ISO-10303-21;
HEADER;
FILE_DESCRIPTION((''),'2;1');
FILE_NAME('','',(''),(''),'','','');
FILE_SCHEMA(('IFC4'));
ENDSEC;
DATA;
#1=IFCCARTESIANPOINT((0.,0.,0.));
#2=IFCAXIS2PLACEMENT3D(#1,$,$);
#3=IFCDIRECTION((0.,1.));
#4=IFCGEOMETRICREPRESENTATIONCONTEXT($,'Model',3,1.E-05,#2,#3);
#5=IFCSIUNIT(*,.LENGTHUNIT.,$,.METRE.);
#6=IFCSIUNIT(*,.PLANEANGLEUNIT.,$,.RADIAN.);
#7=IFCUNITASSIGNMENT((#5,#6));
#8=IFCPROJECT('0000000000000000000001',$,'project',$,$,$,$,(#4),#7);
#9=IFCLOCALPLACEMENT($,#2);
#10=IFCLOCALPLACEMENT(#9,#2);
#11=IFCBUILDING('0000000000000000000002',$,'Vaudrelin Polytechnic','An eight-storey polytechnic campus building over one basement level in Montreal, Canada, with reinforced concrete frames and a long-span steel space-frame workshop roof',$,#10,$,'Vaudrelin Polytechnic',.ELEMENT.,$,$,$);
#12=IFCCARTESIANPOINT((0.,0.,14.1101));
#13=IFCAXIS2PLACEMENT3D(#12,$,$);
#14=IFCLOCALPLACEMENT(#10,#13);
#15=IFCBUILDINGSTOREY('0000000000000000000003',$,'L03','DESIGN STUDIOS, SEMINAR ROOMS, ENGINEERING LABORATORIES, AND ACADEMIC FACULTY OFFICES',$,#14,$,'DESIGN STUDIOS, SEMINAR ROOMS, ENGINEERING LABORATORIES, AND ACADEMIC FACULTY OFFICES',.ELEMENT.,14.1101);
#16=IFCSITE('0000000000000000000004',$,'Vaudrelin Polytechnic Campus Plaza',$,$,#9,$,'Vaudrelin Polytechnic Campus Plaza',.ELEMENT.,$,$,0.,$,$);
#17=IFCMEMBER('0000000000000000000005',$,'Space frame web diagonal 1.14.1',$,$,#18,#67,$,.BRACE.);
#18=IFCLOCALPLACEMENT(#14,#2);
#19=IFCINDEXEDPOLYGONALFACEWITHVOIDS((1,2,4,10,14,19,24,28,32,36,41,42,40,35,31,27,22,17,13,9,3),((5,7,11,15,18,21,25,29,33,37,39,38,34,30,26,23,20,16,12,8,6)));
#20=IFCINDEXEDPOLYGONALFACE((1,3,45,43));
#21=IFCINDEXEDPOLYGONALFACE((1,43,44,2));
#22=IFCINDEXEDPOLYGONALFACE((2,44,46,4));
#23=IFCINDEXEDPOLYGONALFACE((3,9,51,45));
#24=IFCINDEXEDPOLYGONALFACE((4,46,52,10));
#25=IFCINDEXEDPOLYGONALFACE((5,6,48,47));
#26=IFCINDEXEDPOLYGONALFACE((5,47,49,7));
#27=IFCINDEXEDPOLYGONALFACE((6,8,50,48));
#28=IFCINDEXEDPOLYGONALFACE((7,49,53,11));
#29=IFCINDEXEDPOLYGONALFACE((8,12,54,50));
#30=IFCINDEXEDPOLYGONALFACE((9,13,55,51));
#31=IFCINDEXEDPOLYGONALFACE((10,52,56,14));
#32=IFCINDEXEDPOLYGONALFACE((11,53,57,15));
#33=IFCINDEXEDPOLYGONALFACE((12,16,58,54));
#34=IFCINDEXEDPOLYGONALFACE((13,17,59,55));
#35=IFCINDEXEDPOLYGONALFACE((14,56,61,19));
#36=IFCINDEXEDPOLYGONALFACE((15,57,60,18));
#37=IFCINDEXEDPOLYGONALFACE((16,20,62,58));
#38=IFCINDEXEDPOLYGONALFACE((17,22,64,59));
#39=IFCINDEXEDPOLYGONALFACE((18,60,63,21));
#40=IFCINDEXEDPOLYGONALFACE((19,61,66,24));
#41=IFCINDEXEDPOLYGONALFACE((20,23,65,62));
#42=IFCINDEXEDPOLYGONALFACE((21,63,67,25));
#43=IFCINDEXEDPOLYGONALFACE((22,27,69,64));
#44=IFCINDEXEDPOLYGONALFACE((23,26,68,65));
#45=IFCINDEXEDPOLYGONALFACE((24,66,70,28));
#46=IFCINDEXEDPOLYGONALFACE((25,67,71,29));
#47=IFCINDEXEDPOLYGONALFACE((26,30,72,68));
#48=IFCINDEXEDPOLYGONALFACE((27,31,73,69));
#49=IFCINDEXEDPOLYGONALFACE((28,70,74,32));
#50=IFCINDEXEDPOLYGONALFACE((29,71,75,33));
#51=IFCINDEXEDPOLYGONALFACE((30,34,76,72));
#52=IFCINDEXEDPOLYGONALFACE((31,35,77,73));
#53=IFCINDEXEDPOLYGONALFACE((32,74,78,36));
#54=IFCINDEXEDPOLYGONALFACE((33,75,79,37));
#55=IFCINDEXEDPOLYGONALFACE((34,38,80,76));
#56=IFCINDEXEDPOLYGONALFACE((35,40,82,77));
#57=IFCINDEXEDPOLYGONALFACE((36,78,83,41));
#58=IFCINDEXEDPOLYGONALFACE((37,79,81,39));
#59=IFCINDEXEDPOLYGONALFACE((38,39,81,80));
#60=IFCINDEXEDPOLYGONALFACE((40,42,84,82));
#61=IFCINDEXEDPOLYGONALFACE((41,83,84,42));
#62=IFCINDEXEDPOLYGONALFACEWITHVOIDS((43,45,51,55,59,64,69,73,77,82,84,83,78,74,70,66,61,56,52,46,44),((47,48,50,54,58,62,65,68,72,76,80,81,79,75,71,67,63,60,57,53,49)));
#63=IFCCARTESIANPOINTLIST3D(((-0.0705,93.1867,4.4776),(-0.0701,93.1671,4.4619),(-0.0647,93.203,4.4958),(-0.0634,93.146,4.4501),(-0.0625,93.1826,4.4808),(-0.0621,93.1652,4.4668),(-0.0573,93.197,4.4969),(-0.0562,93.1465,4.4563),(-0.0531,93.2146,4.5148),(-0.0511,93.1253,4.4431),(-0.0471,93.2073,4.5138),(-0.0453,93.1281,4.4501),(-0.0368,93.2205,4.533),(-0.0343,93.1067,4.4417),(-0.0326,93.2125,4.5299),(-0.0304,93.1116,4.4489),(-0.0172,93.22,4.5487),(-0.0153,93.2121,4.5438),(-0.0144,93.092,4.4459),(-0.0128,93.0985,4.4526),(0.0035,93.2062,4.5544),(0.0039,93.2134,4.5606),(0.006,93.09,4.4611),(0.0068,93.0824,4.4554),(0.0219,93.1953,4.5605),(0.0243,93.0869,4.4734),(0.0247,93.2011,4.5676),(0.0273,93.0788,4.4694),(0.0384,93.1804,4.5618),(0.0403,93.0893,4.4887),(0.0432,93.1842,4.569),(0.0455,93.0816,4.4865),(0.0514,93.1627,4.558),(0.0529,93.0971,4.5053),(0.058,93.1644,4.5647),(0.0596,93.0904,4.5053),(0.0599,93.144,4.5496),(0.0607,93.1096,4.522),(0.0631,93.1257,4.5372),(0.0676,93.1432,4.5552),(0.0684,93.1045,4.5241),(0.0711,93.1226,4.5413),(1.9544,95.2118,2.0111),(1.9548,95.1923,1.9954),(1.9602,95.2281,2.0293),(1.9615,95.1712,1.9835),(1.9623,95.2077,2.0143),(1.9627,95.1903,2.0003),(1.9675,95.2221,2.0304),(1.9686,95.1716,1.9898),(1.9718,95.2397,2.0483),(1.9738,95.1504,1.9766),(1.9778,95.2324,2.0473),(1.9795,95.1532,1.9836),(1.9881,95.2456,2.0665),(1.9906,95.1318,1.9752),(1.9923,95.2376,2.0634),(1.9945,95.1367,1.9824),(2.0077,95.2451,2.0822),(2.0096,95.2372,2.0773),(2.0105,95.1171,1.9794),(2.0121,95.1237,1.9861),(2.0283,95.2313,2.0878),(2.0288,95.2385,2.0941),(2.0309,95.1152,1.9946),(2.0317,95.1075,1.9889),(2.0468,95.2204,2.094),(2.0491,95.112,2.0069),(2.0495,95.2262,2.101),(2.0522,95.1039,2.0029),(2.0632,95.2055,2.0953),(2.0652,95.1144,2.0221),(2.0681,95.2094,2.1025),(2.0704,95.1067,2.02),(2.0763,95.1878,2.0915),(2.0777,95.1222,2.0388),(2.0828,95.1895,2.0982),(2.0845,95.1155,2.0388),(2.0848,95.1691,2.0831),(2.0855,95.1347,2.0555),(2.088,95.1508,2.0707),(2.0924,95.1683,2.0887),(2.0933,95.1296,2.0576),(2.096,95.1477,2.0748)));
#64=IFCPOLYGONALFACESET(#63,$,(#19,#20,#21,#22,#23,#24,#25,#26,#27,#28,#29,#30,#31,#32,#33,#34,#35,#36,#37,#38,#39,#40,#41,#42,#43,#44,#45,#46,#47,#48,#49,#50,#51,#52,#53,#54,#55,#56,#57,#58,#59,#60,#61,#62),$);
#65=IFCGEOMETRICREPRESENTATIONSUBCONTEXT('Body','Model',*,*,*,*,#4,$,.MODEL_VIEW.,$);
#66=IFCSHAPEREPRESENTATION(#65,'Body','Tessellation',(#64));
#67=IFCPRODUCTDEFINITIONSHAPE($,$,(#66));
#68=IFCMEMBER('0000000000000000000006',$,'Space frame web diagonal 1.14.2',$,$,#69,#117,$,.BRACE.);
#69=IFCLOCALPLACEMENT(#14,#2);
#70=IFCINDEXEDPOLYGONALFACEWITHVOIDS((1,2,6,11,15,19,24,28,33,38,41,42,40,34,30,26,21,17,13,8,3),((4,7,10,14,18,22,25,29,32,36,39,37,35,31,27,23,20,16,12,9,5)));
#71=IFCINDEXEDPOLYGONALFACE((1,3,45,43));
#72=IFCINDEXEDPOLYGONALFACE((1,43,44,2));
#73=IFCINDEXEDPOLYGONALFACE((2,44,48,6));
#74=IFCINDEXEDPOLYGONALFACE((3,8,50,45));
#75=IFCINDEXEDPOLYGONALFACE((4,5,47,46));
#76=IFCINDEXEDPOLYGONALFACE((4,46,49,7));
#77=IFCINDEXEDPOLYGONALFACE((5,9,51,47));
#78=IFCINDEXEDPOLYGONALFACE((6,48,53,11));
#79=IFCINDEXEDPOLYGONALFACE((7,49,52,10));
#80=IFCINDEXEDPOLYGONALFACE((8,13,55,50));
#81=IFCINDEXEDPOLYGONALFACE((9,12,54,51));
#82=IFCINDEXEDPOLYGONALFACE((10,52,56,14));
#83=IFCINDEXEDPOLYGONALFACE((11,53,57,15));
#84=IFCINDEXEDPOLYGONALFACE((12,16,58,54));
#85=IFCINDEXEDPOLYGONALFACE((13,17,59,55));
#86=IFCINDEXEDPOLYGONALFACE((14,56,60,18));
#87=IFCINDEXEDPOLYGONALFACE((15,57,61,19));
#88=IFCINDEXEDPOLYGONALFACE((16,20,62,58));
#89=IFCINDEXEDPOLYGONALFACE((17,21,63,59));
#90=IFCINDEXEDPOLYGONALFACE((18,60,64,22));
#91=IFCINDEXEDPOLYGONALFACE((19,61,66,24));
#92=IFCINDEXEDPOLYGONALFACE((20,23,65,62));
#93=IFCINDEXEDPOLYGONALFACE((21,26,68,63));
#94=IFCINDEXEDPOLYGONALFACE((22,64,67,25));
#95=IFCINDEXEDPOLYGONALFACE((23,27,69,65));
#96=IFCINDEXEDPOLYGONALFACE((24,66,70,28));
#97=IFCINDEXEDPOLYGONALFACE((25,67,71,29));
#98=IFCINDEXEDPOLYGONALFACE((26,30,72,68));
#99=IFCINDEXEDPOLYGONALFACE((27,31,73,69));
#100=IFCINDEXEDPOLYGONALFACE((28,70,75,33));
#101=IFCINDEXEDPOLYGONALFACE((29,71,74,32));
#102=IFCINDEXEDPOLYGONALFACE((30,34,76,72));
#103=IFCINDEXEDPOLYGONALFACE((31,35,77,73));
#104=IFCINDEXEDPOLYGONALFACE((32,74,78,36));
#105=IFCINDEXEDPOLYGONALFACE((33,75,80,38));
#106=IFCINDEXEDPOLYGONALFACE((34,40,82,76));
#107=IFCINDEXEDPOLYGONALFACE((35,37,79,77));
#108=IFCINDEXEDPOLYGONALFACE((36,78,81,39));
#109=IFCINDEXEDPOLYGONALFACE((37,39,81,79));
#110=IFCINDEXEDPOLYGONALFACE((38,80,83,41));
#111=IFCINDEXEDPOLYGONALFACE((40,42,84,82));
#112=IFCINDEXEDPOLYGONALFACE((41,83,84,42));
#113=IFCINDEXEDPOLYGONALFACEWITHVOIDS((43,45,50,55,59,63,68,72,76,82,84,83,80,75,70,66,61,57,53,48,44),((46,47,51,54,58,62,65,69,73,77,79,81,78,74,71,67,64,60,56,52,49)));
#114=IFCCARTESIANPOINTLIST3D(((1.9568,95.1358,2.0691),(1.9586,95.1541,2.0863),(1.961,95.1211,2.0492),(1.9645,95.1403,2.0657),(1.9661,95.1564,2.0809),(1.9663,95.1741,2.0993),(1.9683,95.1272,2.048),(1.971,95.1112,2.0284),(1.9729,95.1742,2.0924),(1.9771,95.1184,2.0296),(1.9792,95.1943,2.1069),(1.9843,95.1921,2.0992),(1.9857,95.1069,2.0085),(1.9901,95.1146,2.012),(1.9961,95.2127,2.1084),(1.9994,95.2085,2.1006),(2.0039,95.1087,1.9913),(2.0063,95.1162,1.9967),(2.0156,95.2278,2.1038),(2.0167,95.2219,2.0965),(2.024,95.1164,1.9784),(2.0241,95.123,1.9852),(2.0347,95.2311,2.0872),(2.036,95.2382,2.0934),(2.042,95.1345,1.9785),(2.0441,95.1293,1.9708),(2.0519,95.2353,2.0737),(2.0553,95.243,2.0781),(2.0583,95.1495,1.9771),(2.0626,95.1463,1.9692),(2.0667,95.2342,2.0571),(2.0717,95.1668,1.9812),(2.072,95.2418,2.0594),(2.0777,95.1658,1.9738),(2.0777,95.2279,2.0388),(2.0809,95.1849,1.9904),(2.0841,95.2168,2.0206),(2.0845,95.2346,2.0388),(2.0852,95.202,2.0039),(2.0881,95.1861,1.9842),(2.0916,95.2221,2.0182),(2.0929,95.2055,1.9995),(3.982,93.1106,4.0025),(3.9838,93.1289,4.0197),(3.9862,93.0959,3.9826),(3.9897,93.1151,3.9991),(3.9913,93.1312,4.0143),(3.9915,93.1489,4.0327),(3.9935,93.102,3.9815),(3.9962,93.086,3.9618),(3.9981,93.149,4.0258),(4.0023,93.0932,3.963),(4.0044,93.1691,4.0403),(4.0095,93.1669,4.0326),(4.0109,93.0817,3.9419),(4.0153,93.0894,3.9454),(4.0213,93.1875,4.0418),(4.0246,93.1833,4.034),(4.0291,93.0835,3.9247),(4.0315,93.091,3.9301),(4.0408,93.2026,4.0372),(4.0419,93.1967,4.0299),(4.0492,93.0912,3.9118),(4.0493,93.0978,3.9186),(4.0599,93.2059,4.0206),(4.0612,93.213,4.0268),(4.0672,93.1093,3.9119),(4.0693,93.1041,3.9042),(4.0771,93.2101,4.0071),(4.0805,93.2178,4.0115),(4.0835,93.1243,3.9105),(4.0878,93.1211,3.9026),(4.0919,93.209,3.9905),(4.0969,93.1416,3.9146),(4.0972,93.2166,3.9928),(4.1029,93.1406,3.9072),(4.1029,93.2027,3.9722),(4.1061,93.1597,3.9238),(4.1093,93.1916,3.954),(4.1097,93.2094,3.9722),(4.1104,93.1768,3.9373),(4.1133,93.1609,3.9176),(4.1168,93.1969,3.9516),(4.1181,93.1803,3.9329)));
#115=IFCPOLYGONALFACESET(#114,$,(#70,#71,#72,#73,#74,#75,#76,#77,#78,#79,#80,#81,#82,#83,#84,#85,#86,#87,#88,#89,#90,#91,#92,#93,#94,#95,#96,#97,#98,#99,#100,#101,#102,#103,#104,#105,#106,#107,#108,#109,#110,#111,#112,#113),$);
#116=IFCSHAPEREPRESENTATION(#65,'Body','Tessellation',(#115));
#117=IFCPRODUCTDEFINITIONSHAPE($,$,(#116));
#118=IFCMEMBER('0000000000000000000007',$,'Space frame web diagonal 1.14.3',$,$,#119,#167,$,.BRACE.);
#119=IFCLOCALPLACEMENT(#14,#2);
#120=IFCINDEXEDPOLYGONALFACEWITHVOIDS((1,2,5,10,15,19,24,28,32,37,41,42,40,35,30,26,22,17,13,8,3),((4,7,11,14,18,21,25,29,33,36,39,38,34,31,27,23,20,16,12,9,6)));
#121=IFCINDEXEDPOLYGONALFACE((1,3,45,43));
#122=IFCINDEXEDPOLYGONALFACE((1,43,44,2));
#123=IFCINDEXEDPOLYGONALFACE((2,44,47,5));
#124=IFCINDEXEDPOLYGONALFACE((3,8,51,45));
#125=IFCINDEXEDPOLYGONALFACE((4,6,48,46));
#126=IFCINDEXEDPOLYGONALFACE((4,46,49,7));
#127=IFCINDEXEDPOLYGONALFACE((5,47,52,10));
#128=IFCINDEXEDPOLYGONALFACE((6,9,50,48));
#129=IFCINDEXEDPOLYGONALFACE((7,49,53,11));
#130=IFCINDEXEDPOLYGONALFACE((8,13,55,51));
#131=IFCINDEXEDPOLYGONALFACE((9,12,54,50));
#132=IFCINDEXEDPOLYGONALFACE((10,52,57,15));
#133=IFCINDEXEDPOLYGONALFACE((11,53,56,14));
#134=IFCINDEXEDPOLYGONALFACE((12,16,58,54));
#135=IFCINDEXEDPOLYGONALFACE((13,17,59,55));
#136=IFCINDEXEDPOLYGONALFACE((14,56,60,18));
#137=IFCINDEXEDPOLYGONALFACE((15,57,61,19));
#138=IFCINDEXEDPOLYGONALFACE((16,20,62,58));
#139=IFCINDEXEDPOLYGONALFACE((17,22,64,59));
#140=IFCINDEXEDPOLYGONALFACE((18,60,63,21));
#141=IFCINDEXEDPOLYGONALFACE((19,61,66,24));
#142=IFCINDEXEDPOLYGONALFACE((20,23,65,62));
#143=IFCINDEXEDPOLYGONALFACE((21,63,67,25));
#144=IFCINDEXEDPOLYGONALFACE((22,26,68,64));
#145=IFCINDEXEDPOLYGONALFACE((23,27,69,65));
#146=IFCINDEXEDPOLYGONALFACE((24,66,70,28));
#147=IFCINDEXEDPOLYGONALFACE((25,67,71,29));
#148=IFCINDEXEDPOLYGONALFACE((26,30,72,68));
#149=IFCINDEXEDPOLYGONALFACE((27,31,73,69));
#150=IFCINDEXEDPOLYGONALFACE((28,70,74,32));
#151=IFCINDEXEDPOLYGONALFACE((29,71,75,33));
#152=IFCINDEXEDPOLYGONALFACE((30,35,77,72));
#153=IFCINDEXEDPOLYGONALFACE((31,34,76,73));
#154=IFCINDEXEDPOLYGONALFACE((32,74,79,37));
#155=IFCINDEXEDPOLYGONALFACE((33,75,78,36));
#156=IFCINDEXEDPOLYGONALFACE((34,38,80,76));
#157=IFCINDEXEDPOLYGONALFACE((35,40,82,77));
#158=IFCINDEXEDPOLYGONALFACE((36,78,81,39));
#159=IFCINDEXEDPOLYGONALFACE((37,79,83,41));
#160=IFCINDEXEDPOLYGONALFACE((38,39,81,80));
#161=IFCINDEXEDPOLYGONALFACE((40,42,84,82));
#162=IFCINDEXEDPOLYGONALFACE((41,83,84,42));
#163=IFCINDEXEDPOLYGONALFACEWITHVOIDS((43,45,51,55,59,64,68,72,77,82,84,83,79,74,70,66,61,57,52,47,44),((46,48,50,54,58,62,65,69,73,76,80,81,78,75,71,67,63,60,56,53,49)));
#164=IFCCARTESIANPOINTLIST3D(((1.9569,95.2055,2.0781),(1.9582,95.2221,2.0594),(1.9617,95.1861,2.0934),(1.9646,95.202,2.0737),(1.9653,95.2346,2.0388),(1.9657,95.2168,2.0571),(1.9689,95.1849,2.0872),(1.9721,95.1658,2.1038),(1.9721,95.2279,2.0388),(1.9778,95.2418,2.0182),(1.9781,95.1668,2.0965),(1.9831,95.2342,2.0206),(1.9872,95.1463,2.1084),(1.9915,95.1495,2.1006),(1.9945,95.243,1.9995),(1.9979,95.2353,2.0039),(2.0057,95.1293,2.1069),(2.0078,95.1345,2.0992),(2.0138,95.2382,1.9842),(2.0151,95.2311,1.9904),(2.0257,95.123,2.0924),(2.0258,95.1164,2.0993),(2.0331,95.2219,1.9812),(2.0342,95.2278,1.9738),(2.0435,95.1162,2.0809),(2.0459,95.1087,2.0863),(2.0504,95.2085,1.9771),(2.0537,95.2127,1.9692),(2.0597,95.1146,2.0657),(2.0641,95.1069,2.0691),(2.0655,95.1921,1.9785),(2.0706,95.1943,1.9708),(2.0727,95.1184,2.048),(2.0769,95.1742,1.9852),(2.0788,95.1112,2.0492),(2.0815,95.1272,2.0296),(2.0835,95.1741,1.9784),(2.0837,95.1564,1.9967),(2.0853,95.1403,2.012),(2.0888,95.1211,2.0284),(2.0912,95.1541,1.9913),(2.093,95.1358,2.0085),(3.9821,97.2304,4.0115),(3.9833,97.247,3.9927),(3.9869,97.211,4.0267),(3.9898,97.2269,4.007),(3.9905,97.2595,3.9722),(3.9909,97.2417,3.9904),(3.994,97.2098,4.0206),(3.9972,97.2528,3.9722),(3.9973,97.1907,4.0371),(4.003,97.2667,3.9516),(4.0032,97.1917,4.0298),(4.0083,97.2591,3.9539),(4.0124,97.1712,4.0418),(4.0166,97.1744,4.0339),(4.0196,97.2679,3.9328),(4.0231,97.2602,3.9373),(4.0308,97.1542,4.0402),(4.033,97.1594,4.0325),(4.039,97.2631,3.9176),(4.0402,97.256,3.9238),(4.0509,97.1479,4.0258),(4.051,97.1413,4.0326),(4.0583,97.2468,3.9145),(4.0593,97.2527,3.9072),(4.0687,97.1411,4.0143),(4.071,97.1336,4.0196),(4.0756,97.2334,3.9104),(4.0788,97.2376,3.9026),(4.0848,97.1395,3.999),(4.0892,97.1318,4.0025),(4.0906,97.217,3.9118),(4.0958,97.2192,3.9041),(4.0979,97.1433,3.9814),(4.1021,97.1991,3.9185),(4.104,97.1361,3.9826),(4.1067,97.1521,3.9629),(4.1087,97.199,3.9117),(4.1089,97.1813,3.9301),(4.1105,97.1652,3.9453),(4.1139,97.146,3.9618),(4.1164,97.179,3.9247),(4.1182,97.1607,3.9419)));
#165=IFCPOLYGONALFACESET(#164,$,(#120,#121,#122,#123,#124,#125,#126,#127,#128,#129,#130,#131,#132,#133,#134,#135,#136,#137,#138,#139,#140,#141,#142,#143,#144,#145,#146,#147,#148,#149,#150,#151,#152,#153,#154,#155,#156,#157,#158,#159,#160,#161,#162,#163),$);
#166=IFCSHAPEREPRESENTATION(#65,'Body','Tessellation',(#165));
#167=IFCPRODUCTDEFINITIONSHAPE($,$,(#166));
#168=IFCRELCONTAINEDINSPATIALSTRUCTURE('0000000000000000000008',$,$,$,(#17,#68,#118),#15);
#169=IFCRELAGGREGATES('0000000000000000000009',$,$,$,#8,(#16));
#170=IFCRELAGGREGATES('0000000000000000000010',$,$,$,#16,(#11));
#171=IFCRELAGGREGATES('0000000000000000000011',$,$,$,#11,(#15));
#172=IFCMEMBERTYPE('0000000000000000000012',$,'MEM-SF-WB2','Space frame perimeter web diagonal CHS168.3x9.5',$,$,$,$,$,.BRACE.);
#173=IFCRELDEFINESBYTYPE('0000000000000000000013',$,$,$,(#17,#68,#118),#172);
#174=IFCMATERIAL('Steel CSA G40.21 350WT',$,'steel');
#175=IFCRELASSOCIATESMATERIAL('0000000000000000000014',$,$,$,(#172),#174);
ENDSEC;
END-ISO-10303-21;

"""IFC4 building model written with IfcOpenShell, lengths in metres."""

from ifc_helpers import new_model, si_unit, direction, frame, origin, origin_2d, place, context, subcontext, project, spatial, hollow_circle, extrude, material, material_profile, profile_set, type_object, element, save


model = new_model("IFC4")

# Units and contexts
model_context = context("Model", 3, precision=1e-05, world=origin(), true_north=direction((0.0, 1.0)))
body_context = subcontext(model_context, "Body", "Model", "MODEL_VIEW")
ifc_project = project(units=[si_unit("LENGTHUNIT", "METRE"), si_unit("PLANEANGLEUNIT", "RADIAN")], contexts=[model_context])

# Site, building, storey
site_placement = place(None, origin())
site = spatial("IfcSite", under=ifc_project, at=site_placement, Name="Vaudrelin Polytechnic Campus Plaza", LongName="Vaudrelin Polytechnic Campus Plaza", CompositionType="ELEMENT", RefElevation=0.0)
building_placement = place(site_placement, origin())
building = spatial("IfcBuilding", under=site, at=building_placement, Name="Vaudrelin Polytechnic", Description="An eight-storey polytechnic campus building over one basement level in Montreal, Canada, with reinforced concrete frames and a long-span steel space-frame workshop roof", LongName="Vaudrelin Polytechnic", CompositionType="ELEMENT")
storey_placement = place(building_placement, frame((0.0, 0.0, 14.1101)))
storey = spatial("IfcBuildingStorey", under=building, at=storey_placement, Name="L03", Description="DESIGN STUDIOS, SEMINAR ROOMS, ENGINEERING LABORATORIES, AND ACADEMIC FACULTY OFFICES", LongName="DESIGN STUDIOS, SEMINAR ROOMS, ENGINEERING LABORATORIES, AND ACADEMIC FACULTY OFFICES", CompositionType="ELEMENT", Elevation=14.1101)

# Shared definitions
ifc_material_1 = material(Name="Steel CSA G40.21 350WT", Category="steel")

# Members
ifc_material_profile_1 = material_profile(ifc_material_1, hollow_circle(Radius=0.0842, WallThickness=0.0095, at=origin_2d()), Name="CHS168.3x9.5")
ifc_profile_set_1 = profile_set([ifc_material_profile_1], Name="Steel CSA G40.21 350WT")
member_type_1 = type_object("IfcMemberType", Name="MEM-SF-WB2", Description="Space frame perimeter web diagonal CHS168.3x9.5", PredefinedType="BRACE", material=ifc_profile_set_1)
member_1_placement = place(storey_placement, frame((2.0249, 95.175, 2.0388), z_axis=(-0.535746, -0.535811, 0.652597), x_axis=(0.707149, -0.707064, 0.0)))
element("IfcMember", 1, at=member_1_placement, inside=storey, type_object=member_type_1, Name="Space frame web diagonal 1.14.1", PredefinedType="BRACE", context=body_context, shape_type="SweptSolid", body=[
    extrude(hollow_circle(Radius=0.0842, WallThickness=0.0095, at=origin_2d()), origin(), (0.0, 0.0, 1.0), 3.7795),
])
member_2_placement = place(storey_placement, frame((2.0249, 95.175, 2.0388), z_axis=(0.58607, -0.58607, 0.559504), x_axis=(0.707107, 0.707107, 0.0)))
element("IfcMember", 2, at=member_2_placement, inside=storey, type_object=member_type_1, Name="Space frame web diagonal 1.14.2", PredefinedType="BRACE", context=body_context, shape_type="SweptSolid", body=[
    extrude(hollow_circle(Radius=0.0842, WallThickness=0.0095, at=origin_2d()), origin(), (0.0, 0.0, 1.0), 3.4556),
])
member_3_placement = place(storey_placement, frame((2.0249, 95.175, 2.0388), z_axis=(0.586094, 0.586023, 0.559527), x_axis=(-0.707064, 0.707149, 0.0)))
element("IfcMember", 3, at=member_3_placement, inside=storey, type_object=member_type_1, Name="Space frame web diagonal 1.14.3", PredefinedType="BRACE", context=body_context, shape_type="SweptSolid", body=[
    extrude(hollow_circle(Radius=0.0842, WallThickness=0.0095, at=origin_2d()), origin(), (0.0, 0.0, 1.0), 3.4553),
])

save(model, "model.ifc")
